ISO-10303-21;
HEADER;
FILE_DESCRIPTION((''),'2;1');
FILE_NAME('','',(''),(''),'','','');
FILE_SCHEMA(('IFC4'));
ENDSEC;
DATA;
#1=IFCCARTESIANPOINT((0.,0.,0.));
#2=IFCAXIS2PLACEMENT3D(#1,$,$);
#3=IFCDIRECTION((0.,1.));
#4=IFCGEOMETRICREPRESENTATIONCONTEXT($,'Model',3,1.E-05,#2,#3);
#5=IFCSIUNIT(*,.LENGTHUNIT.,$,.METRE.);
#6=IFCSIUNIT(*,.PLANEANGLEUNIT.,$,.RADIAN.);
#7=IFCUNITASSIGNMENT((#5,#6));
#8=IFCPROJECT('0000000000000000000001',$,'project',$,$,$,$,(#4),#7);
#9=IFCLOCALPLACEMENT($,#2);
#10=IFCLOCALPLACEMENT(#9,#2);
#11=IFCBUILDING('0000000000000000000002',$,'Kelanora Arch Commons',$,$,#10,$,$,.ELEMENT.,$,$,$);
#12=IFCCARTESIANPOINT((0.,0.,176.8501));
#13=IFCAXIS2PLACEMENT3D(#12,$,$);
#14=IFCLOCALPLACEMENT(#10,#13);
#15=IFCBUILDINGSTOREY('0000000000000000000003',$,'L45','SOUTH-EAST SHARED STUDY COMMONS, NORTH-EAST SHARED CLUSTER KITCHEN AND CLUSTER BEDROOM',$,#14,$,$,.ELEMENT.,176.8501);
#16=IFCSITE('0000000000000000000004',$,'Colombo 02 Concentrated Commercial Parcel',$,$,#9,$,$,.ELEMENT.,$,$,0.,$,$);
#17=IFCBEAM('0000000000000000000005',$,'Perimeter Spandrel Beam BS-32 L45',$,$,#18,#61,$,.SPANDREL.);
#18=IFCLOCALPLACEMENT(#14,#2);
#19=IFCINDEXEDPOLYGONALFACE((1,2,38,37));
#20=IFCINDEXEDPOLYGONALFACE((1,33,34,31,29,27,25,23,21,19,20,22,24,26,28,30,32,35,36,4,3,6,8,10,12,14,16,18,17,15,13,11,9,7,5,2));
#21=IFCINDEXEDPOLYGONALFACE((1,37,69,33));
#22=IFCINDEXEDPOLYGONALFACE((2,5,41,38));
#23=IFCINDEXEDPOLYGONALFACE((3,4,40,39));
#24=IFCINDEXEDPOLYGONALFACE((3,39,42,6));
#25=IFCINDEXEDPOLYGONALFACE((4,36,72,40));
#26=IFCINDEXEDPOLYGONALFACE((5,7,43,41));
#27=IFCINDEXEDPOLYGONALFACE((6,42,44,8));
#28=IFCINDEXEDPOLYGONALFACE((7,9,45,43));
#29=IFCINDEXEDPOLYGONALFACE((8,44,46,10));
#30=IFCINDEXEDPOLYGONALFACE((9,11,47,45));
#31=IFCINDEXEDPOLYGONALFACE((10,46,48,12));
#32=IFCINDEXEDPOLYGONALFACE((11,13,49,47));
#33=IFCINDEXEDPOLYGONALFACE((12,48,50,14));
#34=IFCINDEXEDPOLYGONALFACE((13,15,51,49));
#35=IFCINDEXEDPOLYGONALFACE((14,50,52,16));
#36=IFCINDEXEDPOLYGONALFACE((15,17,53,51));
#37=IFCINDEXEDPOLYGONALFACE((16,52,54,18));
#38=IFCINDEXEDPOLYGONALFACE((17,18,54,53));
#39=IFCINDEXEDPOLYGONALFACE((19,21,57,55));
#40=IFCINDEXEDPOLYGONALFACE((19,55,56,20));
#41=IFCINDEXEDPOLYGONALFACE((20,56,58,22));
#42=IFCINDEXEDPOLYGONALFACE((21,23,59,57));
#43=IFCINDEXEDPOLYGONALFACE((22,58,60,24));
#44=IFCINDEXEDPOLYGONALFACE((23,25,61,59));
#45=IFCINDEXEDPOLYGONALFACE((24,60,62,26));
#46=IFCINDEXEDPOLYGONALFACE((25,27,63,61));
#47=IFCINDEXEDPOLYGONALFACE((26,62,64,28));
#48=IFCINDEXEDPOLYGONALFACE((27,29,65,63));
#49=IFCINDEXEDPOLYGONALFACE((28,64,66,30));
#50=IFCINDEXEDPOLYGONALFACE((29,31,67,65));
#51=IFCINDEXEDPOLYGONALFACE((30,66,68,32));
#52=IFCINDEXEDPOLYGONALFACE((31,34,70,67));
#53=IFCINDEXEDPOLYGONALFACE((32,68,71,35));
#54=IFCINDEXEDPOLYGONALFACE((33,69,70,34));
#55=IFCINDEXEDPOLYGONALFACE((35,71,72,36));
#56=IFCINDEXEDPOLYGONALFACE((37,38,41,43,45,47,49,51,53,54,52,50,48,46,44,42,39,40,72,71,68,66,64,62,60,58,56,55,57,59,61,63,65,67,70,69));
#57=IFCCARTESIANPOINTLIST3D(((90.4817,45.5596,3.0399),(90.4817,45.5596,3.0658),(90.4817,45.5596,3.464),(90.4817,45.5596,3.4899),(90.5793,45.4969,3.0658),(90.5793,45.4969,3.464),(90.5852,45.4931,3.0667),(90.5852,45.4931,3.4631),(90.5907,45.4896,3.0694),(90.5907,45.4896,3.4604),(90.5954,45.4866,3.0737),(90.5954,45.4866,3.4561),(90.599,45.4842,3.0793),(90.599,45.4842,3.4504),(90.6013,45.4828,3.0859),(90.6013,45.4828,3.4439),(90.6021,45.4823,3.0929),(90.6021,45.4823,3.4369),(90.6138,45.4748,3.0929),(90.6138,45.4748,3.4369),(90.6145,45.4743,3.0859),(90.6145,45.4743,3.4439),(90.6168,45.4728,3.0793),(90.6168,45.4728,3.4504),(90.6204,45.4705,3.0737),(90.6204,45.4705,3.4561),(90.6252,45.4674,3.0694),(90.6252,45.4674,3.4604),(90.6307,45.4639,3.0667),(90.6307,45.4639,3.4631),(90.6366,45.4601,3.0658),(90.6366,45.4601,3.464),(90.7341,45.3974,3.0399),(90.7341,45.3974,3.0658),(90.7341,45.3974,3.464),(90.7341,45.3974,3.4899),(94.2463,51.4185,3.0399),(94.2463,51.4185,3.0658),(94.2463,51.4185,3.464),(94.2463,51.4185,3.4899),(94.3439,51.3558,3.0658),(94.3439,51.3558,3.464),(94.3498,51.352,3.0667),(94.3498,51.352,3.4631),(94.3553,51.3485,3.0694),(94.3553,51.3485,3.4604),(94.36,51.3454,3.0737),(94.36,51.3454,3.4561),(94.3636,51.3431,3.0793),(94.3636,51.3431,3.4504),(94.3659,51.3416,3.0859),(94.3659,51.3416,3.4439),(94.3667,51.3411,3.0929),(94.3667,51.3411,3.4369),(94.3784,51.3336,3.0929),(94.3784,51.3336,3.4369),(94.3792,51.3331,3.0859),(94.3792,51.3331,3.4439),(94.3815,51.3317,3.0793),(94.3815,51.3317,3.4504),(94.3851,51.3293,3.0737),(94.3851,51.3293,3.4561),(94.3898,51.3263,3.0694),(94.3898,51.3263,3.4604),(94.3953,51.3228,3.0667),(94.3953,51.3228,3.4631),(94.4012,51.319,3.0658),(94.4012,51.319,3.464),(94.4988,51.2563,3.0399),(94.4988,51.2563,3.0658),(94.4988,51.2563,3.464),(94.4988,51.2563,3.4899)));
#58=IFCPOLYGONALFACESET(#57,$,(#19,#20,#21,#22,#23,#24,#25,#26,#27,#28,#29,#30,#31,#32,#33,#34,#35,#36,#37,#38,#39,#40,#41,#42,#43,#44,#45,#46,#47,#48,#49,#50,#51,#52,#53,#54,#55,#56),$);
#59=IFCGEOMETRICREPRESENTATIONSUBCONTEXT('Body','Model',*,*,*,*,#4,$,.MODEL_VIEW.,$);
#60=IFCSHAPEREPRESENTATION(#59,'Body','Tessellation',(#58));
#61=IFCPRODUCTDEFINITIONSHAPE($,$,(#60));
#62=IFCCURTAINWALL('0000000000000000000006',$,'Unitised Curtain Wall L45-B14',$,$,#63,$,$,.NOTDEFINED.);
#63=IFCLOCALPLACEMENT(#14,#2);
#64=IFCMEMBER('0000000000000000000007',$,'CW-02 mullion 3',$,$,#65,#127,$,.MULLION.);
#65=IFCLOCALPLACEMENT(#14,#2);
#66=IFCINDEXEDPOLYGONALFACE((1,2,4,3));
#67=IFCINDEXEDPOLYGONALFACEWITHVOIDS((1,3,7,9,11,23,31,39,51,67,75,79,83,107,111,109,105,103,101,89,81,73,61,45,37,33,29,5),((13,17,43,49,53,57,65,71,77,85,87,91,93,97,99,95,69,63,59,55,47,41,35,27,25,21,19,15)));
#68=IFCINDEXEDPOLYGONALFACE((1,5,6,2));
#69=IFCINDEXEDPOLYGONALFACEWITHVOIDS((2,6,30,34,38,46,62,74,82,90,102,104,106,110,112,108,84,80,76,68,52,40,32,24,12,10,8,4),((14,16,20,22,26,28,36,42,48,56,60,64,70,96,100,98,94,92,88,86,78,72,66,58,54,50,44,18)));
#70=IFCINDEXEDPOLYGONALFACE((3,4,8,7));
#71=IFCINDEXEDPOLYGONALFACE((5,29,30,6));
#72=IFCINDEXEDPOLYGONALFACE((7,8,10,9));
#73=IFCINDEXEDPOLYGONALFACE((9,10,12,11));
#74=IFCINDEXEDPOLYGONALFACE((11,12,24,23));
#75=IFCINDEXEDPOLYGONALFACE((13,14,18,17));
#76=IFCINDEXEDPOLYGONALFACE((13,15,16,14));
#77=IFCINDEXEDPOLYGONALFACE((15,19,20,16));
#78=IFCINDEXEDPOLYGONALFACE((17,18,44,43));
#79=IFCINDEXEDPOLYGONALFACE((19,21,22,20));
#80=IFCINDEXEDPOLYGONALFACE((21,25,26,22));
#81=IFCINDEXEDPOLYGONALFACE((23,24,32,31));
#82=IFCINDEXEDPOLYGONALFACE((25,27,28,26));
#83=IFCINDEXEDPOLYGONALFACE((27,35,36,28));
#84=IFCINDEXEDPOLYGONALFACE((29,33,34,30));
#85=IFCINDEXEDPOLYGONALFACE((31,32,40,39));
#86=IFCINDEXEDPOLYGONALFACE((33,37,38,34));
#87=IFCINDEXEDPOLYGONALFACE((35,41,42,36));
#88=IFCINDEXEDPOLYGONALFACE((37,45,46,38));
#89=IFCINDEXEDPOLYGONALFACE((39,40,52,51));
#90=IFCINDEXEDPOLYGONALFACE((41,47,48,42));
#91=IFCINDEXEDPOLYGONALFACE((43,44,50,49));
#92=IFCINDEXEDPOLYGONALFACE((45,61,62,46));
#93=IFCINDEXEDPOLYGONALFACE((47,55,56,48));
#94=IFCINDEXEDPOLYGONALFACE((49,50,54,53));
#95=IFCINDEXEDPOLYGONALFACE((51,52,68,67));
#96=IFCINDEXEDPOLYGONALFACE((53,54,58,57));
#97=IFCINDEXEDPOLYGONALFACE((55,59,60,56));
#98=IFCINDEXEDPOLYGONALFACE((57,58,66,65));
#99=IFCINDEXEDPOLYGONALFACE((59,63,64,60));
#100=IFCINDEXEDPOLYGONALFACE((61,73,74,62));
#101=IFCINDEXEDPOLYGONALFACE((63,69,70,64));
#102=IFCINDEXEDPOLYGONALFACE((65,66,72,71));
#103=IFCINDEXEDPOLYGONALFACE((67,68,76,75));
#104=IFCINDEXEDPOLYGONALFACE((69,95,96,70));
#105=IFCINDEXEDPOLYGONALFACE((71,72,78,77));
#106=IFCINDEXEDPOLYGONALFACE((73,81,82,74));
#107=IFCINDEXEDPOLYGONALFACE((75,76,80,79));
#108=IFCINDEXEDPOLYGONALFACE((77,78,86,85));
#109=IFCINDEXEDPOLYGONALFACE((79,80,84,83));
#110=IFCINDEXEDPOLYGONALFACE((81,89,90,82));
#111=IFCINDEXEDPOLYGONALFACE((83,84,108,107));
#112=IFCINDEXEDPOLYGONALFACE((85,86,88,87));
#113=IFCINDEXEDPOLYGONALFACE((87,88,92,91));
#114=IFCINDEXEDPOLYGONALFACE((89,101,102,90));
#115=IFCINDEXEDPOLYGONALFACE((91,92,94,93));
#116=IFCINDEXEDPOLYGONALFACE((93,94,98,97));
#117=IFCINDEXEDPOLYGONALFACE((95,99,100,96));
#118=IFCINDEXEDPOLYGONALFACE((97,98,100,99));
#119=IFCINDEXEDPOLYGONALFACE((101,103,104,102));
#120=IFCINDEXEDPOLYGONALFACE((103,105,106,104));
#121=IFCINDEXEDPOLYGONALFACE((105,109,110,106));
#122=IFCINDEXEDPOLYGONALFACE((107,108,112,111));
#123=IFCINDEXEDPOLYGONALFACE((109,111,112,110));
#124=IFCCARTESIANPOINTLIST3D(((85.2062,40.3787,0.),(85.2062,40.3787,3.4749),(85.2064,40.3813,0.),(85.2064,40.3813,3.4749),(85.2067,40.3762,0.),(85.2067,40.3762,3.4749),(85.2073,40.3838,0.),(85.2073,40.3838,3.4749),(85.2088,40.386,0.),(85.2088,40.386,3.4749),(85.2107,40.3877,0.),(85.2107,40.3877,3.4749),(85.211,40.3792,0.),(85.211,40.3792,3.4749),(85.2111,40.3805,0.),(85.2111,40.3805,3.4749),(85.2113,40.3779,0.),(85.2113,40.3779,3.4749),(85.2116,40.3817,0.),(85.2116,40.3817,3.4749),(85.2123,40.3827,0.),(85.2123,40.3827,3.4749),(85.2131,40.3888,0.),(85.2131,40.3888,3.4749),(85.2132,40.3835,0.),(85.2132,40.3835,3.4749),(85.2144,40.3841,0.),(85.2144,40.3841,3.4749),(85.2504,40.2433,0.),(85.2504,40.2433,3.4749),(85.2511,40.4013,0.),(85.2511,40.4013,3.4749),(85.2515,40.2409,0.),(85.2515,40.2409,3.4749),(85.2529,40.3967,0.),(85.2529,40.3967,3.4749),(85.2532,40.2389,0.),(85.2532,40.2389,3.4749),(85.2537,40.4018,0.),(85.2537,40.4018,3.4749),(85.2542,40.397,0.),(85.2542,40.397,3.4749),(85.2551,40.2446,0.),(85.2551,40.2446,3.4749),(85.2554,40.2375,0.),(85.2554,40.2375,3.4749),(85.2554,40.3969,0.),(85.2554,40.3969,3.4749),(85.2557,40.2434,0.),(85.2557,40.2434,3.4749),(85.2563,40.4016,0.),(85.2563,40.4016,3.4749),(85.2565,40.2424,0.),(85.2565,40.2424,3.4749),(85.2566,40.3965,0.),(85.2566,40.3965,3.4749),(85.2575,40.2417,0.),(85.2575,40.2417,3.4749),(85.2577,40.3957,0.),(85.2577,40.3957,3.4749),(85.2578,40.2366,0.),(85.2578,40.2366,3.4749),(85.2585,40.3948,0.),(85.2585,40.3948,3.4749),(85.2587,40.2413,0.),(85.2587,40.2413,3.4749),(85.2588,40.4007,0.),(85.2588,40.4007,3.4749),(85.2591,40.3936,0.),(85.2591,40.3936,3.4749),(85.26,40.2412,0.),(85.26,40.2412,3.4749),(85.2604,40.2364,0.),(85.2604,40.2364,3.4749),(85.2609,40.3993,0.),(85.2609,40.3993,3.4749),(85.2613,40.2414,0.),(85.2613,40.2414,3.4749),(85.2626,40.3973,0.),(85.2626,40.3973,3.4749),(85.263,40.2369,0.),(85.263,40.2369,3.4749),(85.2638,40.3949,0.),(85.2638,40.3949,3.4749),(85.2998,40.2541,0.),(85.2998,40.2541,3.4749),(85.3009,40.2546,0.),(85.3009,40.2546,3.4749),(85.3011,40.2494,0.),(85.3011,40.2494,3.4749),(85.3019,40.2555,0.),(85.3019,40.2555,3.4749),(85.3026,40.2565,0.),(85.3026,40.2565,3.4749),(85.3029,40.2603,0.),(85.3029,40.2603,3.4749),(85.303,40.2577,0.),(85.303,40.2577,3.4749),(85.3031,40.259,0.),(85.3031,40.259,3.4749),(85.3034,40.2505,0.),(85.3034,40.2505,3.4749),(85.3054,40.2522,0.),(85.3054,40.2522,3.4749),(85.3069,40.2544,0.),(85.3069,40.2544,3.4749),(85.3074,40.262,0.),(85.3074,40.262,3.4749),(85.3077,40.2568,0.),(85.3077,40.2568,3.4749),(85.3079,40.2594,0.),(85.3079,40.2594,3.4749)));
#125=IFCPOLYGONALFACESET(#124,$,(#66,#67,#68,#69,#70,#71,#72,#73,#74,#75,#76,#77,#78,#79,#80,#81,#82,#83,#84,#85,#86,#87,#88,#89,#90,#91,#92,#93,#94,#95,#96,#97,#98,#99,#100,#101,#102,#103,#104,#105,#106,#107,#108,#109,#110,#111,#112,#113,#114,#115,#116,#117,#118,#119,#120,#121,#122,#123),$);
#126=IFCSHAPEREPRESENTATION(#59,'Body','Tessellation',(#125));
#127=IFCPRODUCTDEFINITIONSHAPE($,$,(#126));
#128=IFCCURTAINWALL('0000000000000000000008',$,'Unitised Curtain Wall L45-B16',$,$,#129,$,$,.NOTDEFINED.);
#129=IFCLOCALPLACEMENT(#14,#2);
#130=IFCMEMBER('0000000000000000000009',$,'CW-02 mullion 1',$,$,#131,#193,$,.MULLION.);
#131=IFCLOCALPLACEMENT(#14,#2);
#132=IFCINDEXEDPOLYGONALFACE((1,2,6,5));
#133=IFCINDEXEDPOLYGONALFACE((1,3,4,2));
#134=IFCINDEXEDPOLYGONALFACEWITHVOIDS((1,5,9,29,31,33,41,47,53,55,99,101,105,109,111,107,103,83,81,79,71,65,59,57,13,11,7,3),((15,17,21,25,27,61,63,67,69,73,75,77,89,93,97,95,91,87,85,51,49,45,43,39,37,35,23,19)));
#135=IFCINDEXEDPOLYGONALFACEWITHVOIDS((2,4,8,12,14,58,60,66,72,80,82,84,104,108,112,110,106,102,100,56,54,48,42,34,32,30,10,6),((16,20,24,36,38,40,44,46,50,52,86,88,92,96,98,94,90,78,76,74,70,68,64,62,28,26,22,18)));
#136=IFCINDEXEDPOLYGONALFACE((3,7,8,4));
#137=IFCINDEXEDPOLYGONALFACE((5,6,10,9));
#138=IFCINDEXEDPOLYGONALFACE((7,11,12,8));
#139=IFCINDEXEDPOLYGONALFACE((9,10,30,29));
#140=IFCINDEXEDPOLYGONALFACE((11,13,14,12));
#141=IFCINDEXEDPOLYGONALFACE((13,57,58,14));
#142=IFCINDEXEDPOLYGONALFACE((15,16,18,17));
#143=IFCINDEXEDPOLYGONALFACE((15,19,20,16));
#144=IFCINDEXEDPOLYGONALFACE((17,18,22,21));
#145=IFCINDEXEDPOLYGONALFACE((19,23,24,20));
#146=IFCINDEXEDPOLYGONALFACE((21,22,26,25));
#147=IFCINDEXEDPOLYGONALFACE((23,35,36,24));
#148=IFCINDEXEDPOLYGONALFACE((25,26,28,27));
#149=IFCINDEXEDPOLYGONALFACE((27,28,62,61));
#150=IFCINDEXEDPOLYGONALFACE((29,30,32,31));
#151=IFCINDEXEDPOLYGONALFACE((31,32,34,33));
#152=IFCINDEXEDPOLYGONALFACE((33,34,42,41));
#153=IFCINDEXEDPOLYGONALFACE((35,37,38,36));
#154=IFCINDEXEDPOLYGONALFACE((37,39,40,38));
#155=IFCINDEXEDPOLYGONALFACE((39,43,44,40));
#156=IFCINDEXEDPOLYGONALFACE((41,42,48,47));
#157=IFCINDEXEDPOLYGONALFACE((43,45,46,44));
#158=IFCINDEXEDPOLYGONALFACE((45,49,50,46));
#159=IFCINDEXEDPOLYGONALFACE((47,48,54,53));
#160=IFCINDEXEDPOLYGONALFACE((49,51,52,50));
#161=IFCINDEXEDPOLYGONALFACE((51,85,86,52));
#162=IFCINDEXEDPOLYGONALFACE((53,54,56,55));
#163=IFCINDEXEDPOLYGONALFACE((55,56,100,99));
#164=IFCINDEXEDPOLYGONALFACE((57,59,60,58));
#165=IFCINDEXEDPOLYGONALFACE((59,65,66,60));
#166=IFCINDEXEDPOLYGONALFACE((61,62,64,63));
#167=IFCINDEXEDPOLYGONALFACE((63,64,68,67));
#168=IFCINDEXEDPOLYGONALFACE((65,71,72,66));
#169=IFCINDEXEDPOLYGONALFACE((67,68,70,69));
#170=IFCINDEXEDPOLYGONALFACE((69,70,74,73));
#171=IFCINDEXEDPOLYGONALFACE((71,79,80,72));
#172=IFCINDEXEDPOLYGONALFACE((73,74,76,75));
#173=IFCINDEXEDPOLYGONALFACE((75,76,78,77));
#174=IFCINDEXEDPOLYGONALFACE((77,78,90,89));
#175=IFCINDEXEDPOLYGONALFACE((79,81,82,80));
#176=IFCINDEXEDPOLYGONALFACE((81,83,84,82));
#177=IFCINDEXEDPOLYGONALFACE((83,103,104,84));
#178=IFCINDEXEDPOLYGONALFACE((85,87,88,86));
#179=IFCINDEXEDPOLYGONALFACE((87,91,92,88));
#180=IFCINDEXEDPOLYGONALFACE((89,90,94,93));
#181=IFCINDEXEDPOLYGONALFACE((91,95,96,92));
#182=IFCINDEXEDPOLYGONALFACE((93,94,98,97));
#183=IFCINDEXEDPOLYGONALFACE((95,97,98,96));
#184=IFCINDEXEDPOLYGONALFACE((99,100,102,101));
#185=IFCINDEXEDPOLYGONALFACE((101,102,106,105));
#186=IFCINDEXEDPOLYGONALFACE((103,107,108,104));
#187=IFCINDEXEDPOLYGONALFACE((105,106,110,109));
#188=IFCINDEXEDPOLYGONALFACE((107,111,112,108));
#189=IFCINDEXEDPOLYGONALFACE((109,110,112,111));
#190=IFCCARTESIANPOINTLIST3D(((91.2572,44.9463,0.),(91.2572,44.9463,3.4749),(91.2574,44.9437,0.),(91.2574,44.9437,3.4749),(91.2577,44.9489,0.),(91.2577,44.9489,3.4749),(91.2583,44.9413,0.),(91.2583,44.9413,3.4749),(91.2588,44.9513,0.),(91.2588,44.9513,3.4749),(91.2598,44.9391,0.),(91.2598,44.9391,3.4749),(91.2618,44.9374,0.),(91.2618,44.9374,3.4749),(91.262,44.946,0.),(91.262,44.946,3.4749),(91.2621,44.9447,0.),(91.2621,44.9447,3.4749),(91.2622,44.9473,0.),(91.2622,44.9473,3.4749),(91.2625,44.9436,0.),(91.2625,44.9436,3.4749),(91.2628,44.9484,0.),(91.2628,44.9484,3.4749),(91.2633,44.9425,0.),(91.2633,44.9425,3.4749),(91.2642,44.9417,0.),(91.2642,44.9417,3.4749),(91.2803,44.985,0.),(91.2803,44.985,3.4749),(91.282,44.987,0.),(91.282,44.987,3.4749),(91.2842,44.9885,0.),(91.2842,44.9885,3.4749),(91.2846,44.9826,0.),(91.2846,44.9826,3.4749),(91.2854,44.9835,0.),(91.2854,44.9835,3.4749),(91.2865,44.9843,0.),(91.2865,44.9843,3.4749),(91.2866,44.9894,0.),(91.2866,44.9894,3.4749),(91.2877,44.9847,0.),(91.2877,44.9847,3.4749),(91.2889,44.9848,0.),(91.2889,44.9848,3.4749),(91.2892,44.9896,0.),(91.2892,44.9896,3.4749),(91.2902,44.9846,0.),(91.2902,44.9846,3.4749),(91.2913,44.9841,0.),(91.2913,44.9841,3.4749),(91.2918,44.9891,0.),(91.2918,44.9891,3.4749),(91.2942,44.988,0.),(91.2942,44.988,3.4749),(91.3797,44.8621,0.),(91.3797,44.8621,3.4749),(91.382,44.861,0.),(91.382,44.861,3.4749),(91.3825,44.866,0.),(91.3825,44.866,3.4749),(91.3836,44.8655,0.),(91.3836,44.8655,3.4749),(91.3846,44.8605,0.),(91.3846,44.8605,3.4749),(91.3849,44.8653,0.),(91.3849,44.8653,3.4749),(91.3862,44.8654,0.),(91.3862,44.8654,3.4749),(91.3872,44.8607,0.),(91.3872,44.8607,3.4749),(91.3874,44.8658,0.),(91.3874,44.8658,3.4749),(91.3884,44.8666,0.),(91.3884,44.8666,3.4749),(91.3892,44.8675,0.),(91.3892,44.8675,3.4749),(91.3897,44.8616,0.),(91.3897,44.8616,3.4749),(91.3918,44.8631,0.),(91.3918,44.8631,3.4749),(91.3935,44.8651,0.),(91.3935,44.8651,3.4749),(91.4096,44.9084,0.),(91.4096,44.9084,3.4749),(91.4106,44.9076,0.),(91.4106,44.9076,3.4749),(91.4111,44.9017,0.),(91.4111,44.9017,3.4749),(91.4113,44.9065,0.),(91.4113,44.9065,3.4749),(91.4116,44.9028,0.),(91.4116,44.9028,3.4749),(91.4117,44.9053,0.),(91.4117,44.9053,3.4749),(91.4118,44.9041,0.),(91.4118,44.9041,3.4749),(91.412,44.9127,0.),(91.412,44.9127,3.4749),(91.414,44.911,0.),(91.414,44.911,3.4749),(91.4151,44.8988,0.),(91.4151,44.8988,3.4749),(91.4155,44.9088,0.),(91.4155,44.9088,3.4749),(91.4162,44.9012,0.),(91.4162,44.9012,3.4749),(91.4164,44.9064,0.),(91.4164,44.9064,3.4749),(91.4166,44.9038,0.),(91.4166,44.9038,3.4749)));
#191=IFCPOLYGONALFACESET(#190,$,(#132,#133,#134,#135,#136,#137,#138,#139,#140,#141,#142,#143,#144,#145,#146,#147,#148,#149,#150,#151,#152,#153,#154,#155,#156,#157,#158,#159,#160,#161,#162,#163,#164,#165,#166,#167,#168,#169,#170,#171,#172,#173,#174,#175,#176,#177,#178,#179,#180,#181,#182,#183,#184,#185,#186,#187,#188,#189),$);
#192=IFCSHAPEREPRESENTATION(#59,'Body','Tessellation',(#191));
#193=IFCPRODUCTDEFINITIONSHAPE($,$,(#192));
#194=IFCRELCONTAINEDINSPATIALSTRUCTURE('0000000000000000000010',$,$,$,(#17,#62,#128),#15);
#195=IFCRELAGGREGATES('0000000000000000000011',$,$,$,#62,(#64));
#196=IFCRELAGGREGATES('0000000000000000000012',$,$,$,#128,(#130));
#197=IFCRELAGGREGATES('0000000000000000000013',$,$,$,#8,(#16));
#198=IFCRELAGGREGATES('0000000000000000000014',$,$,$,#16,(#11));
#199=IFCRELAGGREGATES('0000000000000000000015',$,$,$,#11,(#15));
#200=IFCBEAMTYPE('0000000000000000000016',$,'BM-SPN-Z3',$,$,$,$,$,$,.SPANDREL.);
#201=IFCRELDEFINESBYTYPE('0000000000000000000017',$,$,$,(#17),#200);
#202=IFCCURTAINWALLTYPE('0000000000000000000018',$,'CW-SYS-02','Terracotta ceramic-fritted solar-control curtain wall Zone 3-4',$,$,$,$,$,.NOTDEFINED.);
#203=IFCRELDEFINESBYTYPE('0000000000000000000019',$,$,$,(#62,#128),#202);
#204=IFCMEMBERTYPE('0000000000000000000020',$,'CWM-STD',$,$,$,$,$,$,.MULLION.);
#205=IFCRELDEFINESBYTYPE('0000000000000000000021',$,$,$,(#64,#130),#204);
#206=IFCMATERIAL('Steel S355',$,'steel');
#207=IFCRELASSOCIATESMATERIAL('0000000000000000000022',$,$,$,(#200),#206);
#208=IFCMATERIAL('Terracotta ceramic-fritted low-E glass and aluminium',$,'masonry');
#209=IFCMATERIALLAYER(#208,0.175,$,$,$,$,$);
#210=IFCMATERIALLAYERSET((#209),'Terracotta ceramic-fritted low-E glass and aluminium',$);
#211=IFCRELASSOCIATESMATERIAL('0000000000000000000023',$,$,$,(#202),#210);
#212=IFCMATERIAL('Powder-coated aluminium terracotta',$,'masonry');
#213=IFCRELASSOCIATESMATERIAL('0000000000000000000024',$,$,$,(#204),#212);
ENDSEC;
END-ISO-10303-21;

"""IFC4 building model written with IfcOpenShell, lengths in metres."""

from ifc_helpers import new_model, si_unit, direction, frame, origin, origin_2d, place, context, subcontext, project, spatial, hollow_rectangle, i_section, extrude, material, layer, layer_set, material_profile, profile_set, type_object, element, aggregate, save


model = new_model("IFC4")

# Units and contexts
model_context = context("Model", 3, precision=1e-05, world=origin(), true_north=direction((0.0, 1.0)))
body_context = subcontext(model_context, "Body", "Model", "MODEL_VIEW")
ifc_project = project(units=[si_unit("LENGTHUNIT", "METRE"), si_unit("PLANEANGLEUNIT", "RADIAN")], contexts=[model_context])

# Site, building, storey
site_placement = place(None, origin())
site = spatial("IfcSite", under=ifc_project, at=site_placement, Name="Colombo 02 Concentrated Commercial Parcel", CompositionType="ELEMENT", RefElevation=0.0)
building_placement = place(site_placement, origin())
building = spatial("IfcBuilding", under=site, at=building_placement, Name="Kelanora Arch Commons", CompositionType="ELEMENT")
storey_placement = place(building_placement, frame((0.0, 0.0, 176.8501)))
storey = spatial("IfcBuildingStorey", under=building, at=storey_placement, Name="L45", Description="SOUTH-EAST SHARED STUDY COMMONS, NORTH-EAST SHARED CLUSTER KITCHEN AND CLUSTER BEDROOM", CompositionType="ELEMENT", Elevation=176.8501)

# Beam
ifc_material_1 = material(Name="Steel S355", Category="steel")
ifc_material_profile_1 = material_profile(ifc_material_1, i_section(OverallWidth=0.3, OverallDepth=0.45, WebThickness=0.0139, FlangeThickness=0.0259, FilletRadius=0.0271, at=origin_2d()), Name="HEB450")
ifc_profile_set_1 = profile_set([ifc_material_profile_1], Name="Steel S355")
beam_type_1 = type_object("IfcBeamType", Name="BM-SPN-Z3", PredefinedType="SPANDREL", material=ifc_profile_set_1)
beam_1_placement = place(storey_placement, frame((90.6079, 45.4785, 3.2649), z_axis=(0.540577, 0.841295, 0.0), x_axis=(-0.841295, 0.540577, 0.0)))
element("IfcBeam", 1, at=beam_1_placement, inside=storey, type_object=beam_type_1, Name="Perimeter Spandrel Beam BS-32 L45", PredefinedType="SPANDREL", context=body_context, shape_type="SweptSolid", body=[
    extrude(i_section(OverallWidth=0.3, OverallDepth=0.45, WebThickness=0.0139, FlangeThickness=0.0259, FilletRadius=0.0271, at=origin_2d()), origin(), (0.0, 0.0, 1.0), 6.9641),
])

# Curtain wall, member
ifc_material_2 = material(Name="Terracotta ceramic-fritted low-E glass and aluminium", Category="masonry")
ifc_layer_1 = layer(ifc_material_2, 0.175)
ifc_layer_set_1 = layer_set([ifc_layer_1], Name="Terracotta ceramic-fritted low-E glass and aluminium")
curtain_wall_type = type_object("IfcCurtainWallType", Name="CW-SYS-02", Description="Terracotta ceramic-fritted solar-control curtain wall Zone 3-4", PredefinedType="NOTDEFINED", material=ifc_layer_set_1)
curtain_wall_1_placement = place(storey_placement, origin())
curtain_wall_1 = element("IfcCurtainWall", 2, at=curtain_wall_1_placement, inside=storey, type_object=curtain_wall_type, Name="Unitised Curtain Wall L45-B14", PredefinedType="NOTDEFINED")
ifc_material_3 = material(Name="Powder-coated aluminium terracotta", Category="masonry")
ifc_material_profile_2 = material_profile(ifc_material_3, hollow_rectangle(XDim=0.1599, YDim=0.0601, WallThickness=0.0049, InnerFilletRadius=0.0049, OuterFilletRadius=0.01, at=origin_2d()), Name="CWM160x60")
ifc_profile_set_2 = profile_set([ifc_material_profile_2], Name="Powder-coated aluminium terracotta")
member_type_1 = type_object("IfcMemberType", Name="CWM-STD", PredefinedType="MULLION", material=ifc_profile_set_2)
member_1_placement = place(storey_placement, frame((85.2571, 40.3191, 0.0), z_axis=(0.0, 0.0, 1.0), x_axis=(-0.312128, 0.95004, 0.0)))
member_1 = element("IfcMember", 3, at=member_1_placement, type_object=member_type_1, Name="CW-02 mullion 3", PredefinedType="MULLION", context=body_context, shape_type="SweptSolid", body=[
    extrude(hollow_rectangle(XDim=0.1599, YDim=0.0601, WallThickness=0.0049, InnerFilletRadius=0.0049, OuterFilletRadius=0.01, at=origin_2d()), origin(), (0.0, 0.0, 1.0), 3.4749),
])

# Curtain wall, member
curtain_wall_2_placement = place(storey_placement, origin())
curtain_wall_2 = element("IfcCurtainWall", 4, at=curtain_wall_2_placement, inside=storey, type_object=curtain_wall_type, Name="Unitised Curtain Wall L45-B16", PredefinedType="NOTDEFINED")
member_2_placement = place(storey_placement, frame((91.3369, 44.925, 0.0), z_axis=(0.0, 0.0, 1.0), x_axis=(-0.842423, 0.538817, 0.0)))
member_2 = element("IfcMember", 5, at=member_2_placement, type_object=member_type_1, Name="CW-02 mullion 1", PredefinedType="MULLION", context=body_context, shape_type="SweptSolid", body=[
    extrude(hollow_rectangle(XDim=0.1599, YDim=0.0601, WallThickness=0.0049, InnerFilletRadius=0.0049, OuterFilletRadius=0.01, at=origin_2d()), origin(), (0.0, 0.0, 1.0), 3.4749),
])

aggregate(curtain_wall_1, [member_1])
aggregate(curtain_wall_2, [member_2])

save(model, "model.ifc")
